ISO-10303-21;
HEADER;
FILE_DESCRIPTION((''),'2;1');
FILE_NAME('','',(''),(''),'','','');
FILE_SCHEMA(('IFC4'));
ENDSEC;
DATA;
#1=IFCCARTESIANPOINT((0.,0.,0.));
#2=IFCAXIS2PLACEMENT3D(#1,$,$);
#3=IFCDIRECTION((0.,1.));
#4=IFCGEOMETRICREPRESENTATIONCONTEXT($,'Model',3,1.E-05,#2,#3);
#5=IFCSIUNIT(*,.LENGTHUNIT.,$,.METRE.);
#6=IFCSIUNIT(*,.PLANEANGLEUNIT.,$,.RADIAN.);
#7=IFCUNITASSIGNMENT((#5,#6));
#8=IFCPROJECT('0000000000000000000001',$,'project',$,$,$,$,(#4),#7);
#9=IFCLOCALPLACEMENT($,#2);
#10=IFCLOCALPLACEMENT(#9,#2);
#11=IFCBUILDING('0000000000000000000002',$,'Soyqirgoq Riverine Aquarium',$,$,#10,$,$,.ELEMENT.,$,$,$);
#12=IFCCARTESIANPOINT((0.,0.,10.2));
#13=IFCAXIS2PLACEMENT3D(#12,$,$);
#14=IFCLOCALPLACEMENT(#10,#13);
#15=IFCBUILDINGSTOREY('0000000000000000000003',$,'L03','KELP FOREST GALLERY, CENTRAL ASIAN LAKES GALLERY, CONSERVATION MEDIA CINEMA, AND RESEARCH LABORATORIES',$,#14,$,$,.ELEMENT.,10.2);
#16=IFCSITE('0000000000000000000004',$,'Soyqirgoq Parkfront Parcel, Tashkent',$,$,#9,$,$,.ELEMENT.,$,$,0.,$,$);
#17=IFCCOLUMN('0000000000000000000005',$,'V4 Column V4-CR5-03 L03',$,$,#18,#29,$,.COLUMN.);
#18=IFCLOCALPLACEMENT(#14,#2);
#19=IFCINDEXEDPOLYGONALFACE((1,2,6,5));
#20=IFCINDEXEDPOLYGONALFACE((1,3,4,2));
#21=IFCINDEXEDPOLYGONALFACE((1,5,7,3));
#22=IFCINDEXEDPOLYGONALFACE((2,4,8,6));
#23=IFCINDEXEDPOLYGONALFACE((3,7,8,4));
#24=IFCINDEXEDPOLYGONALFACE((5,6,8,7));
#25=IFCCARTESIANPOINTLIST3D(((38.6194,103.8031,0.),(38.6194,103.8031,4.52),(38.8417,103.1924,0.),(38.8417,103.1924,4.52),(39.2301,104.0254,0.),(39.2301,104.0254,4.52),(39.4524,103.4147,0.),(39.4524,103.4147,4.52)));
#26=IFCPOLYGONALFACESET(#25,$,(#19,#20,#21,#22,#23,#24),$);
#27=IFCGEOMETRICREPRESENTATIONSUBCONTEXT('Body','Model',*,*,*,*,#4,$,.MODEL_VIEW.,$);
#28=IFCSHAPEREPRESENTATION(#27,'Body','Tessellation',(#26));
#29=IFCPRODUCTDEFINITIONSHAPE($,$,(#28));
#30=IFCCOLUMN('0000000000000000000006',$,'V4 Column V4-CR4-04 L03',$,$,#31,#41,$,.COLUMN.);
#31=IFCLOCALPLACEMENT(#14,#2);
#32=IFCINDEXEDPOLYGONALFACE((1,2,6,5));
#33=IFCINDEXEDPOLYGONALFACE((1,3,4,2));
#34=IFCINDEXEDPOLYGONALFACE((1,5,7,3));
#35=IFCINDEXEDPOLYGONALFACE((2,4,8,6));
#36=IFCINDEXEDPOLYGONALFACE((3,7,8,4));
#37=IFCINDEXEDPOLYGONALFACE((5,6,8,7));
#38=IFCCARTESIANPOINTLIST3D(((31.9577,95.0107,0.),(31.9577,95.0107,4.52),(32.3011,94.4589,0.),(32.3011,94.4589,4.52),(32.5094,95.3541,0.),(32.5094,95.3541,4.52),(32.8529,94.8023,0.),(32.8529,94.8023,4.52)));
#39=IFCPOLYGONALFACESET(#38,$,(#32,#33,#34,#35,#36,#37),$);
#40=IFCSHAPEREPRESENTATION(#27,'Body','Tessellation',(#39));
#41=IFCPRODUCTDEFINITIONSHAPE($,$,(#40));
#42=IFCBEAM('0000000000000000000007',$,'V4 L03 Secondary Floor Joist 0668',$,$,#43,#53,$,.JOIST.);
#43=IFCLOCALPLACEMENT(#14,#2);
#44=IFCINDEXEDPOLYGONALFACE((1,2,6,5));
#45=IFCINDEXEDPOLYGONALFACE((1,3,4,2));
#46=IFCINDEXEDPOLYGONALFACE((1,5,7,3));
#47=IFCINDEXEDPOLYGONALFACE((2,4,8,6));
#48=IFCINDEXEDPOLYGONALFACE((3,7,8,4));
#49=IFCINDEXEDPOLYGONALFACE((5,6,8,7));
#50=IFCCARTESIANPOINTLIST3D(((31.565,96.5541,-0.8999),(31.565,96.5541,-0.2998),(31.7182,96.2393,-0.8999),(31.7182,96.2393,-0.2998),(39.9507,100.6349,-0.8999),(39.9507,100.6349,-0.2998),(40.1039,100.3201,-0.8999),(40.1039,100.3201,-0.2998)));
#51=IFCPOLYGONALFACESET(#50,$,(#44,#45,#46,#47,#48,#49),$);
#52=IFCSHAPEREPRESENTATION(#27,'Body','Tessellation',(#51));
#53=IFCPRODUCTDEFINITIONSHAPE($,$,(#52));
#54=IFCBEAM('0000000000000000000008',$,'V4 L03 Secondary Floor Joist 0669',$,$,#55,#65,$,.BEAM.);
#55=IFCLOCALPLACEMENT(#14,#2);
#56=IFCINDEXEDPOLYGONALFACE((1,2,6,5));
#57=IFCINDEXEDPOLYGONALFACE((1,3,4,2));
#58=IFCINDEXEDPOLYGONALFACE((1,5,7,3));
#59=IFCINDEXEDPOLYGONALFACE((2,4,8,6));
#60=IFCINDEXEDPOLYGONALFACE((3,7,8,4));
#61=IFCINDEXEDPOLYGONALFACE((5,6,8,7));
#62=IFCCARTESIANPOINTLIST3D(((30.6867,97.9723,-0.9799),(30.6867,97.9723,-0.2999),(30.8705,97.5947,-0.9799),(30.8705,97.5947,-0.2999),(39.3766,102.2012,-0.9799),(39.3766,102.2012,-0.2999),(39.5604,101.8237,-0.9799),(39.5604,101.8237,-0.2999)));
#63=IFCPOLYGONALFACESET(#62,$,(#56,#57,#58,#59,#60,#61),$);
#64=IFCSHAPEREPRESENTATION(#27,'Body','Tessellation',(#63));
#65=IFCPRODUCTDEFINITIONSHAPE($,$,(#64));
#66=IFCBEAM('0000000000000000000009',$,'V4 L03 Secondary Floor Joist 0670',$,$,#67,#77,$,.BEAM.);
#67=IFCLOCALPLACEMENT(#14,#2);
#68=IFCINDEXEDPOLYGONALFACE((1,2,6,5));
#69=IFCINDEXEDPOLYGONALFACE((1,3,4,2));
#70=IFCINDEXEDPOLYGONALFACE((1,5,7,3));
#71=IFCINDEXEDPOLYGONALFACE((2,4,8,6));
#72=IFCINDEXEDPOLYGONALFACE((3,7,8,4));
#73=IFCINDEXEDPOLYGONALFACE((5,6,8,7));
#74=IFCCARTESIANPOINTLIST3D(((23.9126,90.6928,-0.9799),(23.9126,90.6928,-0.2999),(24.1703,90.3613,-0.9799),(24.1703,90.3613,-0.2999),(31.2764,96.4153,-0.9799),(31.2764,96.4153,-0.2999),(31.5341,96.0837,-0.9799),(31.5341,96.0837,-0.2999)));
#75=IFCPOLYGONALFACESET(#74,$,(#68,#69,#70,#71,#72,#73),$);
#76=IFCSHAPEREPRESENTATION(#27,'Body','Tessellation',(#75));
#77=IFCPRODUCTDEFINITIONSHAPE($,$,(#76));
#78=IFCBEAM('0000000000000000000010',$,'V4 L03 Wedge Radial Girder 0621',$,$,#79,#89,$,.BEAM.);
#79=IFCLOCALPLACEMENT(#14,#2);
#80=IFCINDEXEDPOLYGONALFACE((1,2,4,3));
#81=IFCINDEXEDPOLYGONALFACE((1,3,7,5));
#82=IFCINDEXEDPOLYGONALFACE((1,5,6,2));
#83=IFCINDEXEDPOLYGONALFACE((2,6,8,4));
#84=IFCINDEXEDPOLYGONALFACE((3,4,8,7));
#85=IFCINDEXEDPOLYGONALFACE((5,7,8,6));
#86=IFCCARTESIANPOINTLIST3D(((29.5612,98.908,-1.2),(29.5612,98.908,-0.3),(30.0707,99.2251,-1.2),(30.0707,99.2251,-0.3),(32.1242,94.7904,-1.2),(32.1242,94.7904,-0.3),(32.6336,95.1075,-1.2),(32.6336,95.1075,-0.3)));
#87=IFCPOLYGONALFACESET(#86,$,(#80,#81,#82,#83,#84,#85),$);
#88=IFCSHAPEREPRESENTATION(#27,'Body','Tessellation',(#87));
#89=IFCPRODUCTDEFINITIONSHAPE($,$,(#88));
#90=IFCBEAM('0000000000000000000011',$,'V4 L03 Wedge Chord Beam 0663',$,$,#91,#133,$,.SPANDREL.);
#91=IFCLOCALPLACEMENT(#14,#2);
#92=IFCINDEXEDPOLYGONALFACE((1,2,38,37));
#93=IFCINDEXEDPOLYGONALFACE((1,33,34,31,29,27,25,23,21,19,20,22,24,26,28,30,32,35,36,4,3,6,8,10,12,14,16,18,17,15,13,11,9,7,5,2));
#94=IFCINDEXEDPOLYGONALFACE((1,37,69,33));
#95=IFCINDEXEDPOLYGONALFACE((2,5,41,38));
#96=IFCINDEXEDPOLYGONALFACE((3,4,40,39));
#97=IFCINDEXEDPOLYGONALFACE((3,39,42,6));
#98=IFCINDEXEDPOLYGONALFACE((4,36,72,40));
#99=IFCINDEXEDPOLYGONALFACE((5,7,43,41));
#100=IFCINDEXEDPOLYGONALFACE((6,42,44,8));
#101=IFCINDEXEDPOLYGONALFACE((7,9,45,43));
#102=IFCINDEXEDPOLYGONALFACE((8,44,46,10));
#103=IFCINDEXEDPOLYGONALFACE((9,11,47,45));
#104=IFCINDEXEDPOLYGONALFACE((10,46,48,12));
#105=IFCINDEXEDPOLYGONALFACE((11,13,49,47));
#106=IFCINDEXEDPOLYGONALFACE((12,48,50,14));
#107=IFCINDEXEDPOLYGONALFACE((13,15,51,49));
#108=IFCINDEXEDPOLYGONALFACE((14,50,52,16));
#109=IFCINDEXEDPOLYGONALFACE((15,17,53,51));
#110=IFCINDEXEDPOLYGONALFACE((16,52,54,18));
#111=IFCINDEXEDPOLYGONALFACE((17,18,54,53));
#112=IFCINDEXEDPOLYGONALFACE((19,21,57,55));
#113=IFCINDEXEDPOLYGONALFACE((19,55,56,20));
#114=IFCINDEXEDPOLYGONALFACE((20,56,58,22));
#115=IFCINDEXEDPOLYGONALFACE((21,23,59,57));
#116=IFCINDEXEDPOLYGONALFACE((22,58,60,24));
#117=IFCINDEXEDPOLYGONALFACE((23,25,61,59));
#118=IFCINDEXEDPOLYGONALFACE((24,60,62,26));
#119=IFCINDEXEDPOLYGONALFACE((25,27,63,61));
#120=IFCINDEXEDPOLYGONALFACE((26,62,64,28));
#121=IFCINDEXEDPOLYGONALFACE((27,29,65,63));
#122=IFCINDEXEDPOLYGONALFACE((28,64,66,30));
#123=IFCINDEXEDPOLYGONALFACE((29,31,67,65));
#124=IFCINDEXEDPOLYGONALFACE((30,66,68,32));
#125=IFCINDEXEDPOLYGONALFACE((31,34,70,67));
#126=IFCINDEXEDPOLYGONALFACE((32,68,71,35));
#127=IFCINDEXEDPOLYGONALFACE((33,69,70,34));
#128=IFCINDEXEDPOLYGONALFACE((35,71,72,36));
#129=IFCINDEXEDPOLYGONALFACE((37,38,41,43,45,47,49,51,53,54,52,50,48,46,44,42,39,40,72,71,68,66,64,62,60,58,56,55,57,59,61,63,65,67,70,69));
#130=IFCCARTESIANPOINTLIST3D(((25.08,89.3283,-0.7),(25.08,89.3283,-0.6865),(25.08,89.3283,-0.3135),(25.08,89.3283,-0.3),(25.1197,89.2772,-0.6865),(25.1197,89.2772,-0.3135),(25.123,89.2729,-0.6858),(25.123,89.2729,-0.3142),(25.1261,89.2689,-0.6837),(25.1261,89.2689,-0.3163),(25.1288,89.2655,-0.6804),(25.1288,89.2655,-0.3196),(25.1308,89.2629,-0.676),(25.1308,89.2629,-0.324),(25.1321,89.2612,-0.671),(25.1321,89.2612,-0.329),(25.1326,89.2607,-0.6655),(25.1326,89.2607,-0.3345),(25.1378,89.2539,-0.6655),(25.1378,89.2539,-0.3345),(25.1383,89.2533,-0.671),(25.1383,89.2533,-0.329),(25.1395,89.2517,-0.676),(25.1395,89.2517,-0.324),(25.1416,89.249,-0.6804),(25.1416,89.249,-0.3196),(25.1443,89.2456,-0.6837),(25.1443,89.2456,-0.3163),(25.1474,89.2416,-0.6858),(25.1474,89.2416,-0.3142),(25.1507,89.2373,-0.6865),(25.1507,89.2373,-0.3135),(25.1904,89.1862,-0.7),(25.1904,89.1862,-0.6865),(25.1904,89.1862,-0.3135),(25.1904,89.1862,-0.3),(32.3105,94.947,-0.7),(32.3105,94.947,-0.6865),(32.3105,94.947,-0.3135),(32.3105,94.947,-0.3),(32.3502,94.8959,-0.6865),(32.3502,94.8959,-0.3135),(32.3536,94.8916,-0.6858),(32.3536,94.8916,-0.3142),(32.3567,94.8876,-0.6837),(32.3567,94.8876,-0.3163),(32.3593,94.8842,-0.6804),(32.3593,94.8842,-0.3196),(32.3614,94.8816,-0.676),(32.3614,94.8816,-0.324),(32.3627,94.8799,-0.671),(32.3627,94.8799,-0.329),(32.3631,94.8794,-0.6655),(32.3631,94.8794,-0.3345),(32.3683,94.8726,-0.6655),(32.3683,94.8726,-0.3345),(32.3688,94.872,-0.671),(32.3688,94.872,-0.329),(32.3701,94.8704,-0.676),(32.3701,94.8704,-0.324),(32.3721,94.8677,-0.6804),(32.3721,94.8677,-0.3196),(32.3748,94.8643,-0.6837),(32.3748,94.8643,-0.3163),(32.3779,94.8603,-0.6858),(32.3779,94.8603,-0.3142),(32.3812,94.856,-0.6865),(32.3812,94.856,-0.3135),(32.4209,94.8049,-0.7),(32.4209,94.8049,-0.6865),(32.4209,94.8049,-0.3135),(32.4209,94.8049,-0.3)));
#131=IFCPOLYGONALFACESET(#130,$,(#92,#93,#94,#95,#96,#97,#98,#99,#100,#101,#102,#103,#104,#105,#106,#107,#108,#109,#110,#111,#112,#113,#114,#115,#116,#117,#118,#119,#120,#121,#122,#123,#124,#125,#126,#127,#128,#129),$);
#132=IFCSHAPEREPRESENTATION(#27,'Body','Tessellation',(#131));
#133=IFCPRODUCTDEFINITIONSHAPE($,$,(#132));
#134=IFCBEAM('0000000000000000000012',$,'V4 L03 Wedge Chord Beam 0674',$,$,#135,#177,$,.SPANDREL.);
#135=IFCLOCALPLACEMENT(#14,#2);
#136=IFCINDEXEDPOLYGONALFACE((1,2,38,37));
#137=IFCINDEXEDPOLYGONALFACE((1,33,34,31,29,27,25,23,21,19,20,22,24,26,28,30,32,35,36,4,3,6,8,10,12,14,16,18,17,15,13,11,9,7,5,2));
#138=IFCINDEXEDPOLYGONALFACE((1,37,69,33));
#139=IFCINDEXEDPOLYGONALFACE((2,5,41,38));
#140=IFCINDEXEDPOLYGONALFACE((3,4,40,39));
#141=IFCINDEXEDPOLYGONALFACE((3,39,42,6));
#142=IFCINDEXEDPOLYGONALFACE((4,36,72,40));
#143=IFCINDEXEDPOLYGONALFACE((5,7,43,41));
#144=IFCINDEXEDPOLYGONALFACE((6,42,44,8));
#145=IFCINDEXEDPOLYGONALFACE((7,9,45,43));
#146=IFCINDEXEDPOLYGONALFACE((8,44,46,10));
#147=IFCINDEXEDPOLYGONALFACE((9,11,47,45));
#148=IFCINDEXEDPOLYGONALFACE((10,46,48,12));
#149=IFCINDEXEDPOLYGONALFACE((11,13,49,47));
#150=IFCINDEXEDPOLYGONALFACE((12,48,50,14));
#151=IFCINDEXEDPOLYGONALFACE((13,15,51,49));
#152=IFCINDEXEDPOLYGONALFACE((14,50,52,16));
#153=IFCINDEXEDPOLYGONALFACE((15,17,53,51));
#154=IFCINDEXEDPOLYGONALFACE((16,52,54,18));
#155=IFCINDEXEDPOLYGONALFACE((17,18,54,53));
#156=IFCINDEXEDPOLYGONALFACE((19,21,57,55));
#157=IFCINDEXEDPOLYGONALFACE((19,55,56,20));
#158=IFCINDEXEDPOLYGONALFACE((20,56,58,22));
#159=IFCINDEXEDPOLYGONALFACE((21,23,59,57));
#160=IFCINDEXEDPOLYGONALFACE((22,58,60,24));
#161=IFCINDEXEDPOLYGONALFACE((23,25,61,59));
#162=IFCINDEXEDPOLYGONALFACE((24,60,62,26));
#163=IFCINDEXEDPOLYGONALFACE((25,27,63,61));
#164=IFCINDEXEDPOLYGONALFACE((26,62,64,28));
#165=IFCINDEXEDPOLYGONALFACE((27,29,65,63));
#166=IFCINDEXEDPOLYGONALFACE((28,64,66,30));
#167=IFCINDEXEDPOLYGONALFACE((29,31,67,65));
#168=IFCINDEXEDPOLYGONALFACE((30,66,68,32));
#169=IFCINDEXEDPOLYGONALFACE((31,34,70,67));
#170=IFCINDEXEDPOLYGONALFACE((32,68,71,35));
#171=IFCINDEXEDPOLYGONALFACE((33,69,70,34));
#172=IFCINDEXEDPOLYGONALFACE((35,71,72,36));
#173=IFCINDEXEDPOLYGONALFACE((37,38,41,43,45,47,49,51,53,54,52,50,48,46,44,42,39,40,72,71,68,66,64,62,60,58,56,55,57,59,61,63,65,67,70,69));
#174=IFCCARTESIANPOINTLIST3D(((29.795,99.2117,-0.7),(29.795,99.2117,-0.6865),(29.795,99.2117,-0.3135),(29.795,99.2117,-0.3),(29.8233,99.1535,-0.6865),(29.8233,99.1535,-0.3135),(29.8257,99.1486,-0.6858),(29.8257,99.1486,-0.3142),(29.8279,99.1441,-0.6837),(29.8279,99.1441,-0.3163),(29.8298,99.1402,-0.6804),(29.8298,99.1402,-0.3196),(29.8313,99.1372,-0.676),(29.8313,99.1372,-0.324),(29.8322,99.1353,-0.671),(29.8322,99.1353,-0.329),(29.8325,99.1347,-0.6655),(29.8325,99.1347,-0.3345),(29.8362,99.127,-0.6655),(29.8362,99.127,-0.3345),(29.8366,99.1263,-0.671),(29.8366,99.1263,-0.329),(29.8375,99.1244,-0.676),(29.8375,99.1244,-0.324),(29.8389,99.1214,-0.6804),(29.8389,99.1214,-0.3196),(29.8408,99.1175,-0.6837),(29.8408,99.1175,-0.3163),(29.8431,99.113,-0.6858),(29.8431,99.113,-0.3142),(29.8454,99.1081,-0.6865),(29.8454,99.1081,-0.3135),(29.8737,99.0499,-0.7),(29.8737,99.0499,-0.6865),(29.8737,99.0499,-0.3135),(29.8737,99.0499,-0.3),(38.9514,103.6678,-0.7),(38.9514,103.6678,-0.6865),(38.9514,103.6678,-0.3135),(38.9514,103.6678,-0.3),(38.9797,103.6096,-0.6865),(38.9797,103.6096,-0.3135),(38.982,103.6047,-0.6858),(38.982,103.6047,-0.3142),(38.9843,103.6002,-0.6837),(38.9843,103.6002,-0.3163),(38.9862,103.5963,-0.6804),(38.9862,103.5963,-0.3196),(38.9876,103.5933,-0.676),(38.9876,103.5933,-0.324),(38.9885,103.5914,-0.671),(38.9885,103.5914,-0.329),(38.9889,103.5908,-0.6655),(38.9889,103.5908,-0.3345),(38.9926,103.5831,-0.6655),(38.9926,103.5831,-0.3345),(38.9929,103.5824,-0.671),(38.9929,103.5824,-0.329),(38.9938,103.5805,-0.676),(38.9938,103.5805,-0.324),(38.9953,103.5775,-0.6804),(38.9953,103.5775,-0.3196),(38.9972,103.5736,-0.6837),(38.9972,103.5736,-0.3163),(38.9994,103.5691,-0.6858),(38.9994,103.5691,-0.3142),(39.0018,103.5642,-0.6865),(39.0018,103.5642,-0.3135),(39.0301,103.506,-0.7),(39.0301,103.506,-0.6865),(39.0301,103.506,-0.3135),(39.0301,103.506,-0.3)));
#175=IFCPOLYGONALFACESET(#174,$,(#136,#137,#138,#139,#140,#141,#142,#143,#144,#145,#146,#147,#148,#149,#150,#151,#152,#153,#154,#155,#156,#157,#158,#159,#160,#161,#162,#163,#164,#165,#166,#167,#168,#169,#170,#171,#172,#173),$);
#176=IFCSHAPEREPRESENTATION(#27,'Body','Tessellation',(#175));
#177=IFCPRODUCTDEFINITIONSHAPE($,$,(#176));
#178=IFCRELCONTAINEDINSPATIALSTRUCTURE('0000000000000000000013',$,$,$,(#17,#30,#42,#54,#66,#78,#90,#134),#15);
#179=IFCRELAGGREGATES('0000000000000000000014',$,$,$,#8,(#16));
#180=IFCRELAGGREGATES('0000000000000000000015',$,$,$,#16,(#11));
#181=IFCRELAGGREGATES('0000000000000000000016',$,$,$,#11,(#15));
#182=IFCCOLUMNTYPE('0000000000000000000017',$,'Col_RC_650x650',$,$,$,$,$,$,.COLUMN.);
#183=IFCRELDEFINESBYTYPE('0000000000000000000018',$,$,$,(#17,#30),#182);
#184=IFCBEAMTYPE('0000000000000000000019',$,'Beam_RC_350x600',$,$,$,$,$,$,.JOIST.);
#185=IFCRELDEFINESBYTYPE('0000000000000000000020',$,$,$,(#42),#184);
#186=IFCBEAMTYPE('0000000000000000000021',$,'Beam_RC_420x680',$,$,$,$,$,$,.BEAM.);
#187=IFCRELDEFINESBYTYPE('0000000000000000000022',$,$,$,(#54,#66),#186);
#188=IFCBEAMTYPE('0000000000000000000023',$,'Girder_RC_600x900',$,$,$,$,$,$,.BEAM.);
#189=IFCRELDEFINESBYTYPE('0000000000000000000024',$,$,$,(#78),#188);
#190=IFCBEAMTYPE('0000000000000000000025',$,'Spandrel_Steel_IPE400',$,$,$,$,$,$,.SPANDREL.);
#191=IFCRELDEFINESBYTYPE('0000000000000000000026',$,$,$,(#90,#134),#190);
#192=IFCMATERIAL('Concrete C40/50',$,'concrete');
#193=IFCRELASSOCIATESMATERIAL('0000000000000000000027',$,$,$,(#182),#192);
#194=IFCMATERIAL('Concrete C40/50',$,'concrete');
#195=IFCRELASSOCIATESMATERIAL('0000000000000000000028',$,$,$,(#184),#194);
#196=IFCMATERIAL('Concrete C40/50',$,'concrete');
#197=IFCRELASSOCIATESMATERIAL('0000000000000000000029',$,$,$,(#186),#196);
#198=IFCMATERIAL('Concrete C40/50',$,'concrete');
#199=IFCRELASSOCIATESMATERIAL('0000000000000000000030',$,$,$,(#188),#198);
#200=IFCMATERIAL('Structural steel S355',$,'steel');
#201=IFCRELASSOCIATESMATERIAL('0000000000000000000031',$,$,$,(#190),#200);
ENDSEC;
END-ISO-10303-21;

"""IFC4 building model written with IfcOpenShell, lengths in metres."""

from ifc_helpers import new_model, si_unit, direction, frame, origin, origin_2d, place, context, subcontext, project, spatial, rectangle, i_section, extrude, material, material_profile, profile_set, type_object, element, save


model = new_model("IFC4")

# Units and contexts
model_context = context("Model", 3, precision=1e-05, world=origin(), true_north=direction((0.0, 1.0)))
body_context = subcontext(model_context, "Body", "Model", "MODEL_VIEW")
ifc_project = project(units=[si_unit("LENGTHUNIT", "METRE"), si_unit("PLANEANGLEUNIT", "RADIAN")], contexts=[model_context])

# Site, building, storey
site_placement = place(None, origin())
site = spatial("IfcSite", under=ifc_project, at=site_placement, Name="Soyqirgoq Parkfront Parcel, Tashkent", CompositionType="ELEMENT", RefElevation=0.0)
building_placement = place(site_placement, origin())
building = spatial("IfcBuilding", under=site, at=building_placement, Name="Soyqirgoq Riverine Aquarium", CompositionType="ELEMENT")
storey_placement = place(building_placement, frame((0.0, 0.0, 10.2)))
storey = spatial("IfcBuildingStorey", under=building, at=storey_placement, Name="L03", Description="KELP FOREST GALLERY, CENTRAL ASIAN LAKES GALLERY, CONSERVATION MEDIA CINEMA, AND RESEARCH LABORATORIES", CompositionType="ELEMENT", Elevation=10.2)

# Columns
ifc_material_1 = material(Name="Concrete C40/50", Category="concrete")
ifc_material_profile_1 = material_profile(ifc_material_1, rectangle(XDim=0.6499, YDim=0.6499, at=origin_2d()), Name="RC 650x650")
ifc_profile_set_1 = profile_set([ifc_material_profile_1], Name="Concrete C40/50")
column_type = type_object("IfcColumnType", Name="Col_RC_650x650", PredefinedType="COLUMN", material=ifc_profile_set_1)
for number, where, z_axis, x_axis, name in (
    (1, (39.0359, 103.6089, 0.0), (0.0, 0.0, 1.0), (-0.34202, 0.939693, 0.0), "V4 Column V4-CR5-03 L03"),
    (2, (32.4053, 94.9065, 0.0), (0.0, 0.0, 1.0), (-0.528438, 0.848972, 0.0), "V4 Column V4-CR4-04 L03"),
):
    element("IfcColumn", number, at=place(storey_placement, frame(where, z_axis=z_axis, x_axis=x_axis)), inside=storey, type_object=column_type, Name=name, PredefinedType="COLUMN", context=body_context, shape_type="SweptSolid", body=[
        extrude(rectangle(XDim=0.6499, YDim=0.6499, at=origin_2d()), origin(), (0.0, 0.0, 1.0), 4.52),
    ])

# Beams
ifc_material_2 = material(Name="Concrete C40/50", Category="concrete")
ifc_material_profile_2 = material_profile(ifc_material_2, rectangle(XDim=0.3501, YDim=0.6001, at=origin_2d()), Name="RC 350x600")
ifc_profile_set_2 = profile_set([ifc_material_profile_2], Name="Concrete C40/50")
beam_type_1 = type_object("IfcBeamType", Name="Beam_RC_350x600", PredefinedType="JOIST", material=ifc_profile_set_2)
beam_1_placement = place(storey_placement, frame((40.0273, 100.4775, -0.5999), z_axis=(-0.899182, -0.437575, 0.0), x_axis=(0.437575, -0.899182, 0.0)))
element("IfcBeam", 3, at=beam_1_placement, inside=storey, type_object=beam_type_1, Name="V4 L03 Secondary Floor Joist 0668", PredefinedType="JOIST", context=body_context, shape_type="SweptSolid", body=[
    extrude(rectangle(XDim=0.3501, YDim=0.6001, at=origin_2d()), origin(), (0.0, 0.0, 1.0), 9.3259),
])
ifc_material_3 = material(Name="Concrete C40/50", Category="concrete")
ifc_material_profile_3 = material_profile(ifc_material_3, rectangle(XDim=0.4199, YDim=0.6799, at=origin_2d()), Name="RC 420x680")
ifc_profile_set_3 = profile_set([ifc_material_profile_3], Name="Concrete C40/50")
beam_type_2 = type_object("IfcBeamType", Name="Beam_RC_420x680", PredefinedType="BEAM", material=ifc_profile_set_3)
beam_2_placement = place(storey_placement, frame((39.4685, 102.0125, -0.6399), z_axis=(-0.899175, -0.437588, 0.0), x_axis=(0.437588, -0.899175, 0.0)))
element("IfcBeam", 4, at=beam_2_placement, inside=storey, type_object=beam_type_2, Name="V4 L03 Secondary Floor Joist 0669", PredefinedType="BEAM", context=body_context, shape_type="SweptSolid", body=[
    extrude(rectangle(XDim=0.4199, YDim=0.6799, at=origin_2d()), origin(), (0.0, 0.0, 1.0), 9.6643),
])
beam_3_placement = place(storey_placement, frame((31.4053, 96.2495, -0.6399), z_axis=(-0.78961, -0.613609, 0.0), x_axis=(0.613609, -0.78961, 0.0)))
element("IfcBeam", 5, at=beam_3_placement, inside=storey, type_object=beam_type_2, Name="V4 L03 Secondary Floor Joist 0670", PredefinedType="BEAM", context=body_context, shape_type="SweptSolid", body=[
    extrude(rectangle(XDim=0.4199, YDim=0.6799, at=origin_2d()), origin(), (0.0, 0.0, 1.0), 9.3259),
])
ifc_material_4 = material(Name="Concrete C40/50", Category="concrete")
ifc_material_profile_4 = material_profile(ifc_material_4, rectangle(XDim=0.6001, YDim=0.8999, at=origin_2d()), Name="RC 600x900")
ifc_profile_set_4 = profile_set([ifc_material_profile_4], Name="Concrete C40/50")
beam_type_3 = type_object("IfcBeamType", Name="Girder_RC_600x900", PredefinedType="BEAM", material=ifc_profile_set_4)
beam_4_placement = place(storey_placement, frame((32.3789, 94.949, -0.75), z_axis=(-0.528433, 0.848975, 0.0), x_axis=(-0.848975, -0.528433, 0.0)))
element("IfcBeam", 6, at=beam_4_placement, inside=storey, type_object=beam_type_3, Name="V4 L03 Wedge Radial Girder 0621", PredefinedType="BEAM", context=body_context, shape_type="SweptSolid", body=[
    extrude(rectangle(XDim=0.6001, YDim=0.8999, at=origin_2d()), origin(), (0.0, 0.0, 1.0), 4.8501),
])
ifc_material_5 = material(Name="Structural steel S355", Category="steel")
ifc_material_profile_5 = material_profile(ifc_material_5, i_section(OverallWidth=0.1799, OverallDepth=0.3999, WebThickness=0.0085, FlangeThickness=0.0134, FilletRadius=0.021, at=origin_2d()), Name="IPE 400")
ifc_profile_set_5 = profile_set([ifc_material_profile_5], Name="Structural steel S355")
beam_type_4 = type_object("IfcBeamType", Name="Spandrel_Steel_IPE400", PredefinedType="SPANDREL", material=ifc_profile_set_5)
beam_5_placement = place(storey_placement, frame((32.3657, 94.876, -0.5), z_axis=(-0.789619, -0.613597, 0.0), x_axis=(0.613597, -0.789619, 0.0)))
element("IfcBeam", 7, at=beam_5_placement, inside=storey, type_object=beam_type_4, Name="V4 L03 Wedge Chord Beam 0663", PredefinedType="SPANDREL", context=body_context, shape_type="SweptSolid", body=[
    extrude(i_section(OverallWidth=0.1799, OverallDepth=0.3999, WebThickness=0.0085, FlangeThickness=0.0134, FilletRadius=0.021, at=origin_2d()), origin(), (0.0, 0.0, 1.0), 9.157),
])
beam_6_placement = place(storey_placement, frame((38.9907, 103.5869, -0.5), z_axis=(-0.899171, -0.437598, 0.0), x_axis=(0.437598, -0.899171, 0.0)))
element("IfcBeam", 8, at=beam_6_placement, inside=storey, type_object=beam_type_4, Name="V4 L03 Wedge Chord Beam 0674", PredefinedType="SPANDREL", context=body_context, shape_type="SweptSolid", body=[
    extrude(i_section(OverallWidth=0.1799, OverallDepth=0.3999, WebThickness=0.0085, FlangeThickness=0.0134, FilletRadius=0.021, at=origin_2d()), origin(), (0.0, 0.0, 1.0), 10.1831),
])

save(model, "model.ifc")
